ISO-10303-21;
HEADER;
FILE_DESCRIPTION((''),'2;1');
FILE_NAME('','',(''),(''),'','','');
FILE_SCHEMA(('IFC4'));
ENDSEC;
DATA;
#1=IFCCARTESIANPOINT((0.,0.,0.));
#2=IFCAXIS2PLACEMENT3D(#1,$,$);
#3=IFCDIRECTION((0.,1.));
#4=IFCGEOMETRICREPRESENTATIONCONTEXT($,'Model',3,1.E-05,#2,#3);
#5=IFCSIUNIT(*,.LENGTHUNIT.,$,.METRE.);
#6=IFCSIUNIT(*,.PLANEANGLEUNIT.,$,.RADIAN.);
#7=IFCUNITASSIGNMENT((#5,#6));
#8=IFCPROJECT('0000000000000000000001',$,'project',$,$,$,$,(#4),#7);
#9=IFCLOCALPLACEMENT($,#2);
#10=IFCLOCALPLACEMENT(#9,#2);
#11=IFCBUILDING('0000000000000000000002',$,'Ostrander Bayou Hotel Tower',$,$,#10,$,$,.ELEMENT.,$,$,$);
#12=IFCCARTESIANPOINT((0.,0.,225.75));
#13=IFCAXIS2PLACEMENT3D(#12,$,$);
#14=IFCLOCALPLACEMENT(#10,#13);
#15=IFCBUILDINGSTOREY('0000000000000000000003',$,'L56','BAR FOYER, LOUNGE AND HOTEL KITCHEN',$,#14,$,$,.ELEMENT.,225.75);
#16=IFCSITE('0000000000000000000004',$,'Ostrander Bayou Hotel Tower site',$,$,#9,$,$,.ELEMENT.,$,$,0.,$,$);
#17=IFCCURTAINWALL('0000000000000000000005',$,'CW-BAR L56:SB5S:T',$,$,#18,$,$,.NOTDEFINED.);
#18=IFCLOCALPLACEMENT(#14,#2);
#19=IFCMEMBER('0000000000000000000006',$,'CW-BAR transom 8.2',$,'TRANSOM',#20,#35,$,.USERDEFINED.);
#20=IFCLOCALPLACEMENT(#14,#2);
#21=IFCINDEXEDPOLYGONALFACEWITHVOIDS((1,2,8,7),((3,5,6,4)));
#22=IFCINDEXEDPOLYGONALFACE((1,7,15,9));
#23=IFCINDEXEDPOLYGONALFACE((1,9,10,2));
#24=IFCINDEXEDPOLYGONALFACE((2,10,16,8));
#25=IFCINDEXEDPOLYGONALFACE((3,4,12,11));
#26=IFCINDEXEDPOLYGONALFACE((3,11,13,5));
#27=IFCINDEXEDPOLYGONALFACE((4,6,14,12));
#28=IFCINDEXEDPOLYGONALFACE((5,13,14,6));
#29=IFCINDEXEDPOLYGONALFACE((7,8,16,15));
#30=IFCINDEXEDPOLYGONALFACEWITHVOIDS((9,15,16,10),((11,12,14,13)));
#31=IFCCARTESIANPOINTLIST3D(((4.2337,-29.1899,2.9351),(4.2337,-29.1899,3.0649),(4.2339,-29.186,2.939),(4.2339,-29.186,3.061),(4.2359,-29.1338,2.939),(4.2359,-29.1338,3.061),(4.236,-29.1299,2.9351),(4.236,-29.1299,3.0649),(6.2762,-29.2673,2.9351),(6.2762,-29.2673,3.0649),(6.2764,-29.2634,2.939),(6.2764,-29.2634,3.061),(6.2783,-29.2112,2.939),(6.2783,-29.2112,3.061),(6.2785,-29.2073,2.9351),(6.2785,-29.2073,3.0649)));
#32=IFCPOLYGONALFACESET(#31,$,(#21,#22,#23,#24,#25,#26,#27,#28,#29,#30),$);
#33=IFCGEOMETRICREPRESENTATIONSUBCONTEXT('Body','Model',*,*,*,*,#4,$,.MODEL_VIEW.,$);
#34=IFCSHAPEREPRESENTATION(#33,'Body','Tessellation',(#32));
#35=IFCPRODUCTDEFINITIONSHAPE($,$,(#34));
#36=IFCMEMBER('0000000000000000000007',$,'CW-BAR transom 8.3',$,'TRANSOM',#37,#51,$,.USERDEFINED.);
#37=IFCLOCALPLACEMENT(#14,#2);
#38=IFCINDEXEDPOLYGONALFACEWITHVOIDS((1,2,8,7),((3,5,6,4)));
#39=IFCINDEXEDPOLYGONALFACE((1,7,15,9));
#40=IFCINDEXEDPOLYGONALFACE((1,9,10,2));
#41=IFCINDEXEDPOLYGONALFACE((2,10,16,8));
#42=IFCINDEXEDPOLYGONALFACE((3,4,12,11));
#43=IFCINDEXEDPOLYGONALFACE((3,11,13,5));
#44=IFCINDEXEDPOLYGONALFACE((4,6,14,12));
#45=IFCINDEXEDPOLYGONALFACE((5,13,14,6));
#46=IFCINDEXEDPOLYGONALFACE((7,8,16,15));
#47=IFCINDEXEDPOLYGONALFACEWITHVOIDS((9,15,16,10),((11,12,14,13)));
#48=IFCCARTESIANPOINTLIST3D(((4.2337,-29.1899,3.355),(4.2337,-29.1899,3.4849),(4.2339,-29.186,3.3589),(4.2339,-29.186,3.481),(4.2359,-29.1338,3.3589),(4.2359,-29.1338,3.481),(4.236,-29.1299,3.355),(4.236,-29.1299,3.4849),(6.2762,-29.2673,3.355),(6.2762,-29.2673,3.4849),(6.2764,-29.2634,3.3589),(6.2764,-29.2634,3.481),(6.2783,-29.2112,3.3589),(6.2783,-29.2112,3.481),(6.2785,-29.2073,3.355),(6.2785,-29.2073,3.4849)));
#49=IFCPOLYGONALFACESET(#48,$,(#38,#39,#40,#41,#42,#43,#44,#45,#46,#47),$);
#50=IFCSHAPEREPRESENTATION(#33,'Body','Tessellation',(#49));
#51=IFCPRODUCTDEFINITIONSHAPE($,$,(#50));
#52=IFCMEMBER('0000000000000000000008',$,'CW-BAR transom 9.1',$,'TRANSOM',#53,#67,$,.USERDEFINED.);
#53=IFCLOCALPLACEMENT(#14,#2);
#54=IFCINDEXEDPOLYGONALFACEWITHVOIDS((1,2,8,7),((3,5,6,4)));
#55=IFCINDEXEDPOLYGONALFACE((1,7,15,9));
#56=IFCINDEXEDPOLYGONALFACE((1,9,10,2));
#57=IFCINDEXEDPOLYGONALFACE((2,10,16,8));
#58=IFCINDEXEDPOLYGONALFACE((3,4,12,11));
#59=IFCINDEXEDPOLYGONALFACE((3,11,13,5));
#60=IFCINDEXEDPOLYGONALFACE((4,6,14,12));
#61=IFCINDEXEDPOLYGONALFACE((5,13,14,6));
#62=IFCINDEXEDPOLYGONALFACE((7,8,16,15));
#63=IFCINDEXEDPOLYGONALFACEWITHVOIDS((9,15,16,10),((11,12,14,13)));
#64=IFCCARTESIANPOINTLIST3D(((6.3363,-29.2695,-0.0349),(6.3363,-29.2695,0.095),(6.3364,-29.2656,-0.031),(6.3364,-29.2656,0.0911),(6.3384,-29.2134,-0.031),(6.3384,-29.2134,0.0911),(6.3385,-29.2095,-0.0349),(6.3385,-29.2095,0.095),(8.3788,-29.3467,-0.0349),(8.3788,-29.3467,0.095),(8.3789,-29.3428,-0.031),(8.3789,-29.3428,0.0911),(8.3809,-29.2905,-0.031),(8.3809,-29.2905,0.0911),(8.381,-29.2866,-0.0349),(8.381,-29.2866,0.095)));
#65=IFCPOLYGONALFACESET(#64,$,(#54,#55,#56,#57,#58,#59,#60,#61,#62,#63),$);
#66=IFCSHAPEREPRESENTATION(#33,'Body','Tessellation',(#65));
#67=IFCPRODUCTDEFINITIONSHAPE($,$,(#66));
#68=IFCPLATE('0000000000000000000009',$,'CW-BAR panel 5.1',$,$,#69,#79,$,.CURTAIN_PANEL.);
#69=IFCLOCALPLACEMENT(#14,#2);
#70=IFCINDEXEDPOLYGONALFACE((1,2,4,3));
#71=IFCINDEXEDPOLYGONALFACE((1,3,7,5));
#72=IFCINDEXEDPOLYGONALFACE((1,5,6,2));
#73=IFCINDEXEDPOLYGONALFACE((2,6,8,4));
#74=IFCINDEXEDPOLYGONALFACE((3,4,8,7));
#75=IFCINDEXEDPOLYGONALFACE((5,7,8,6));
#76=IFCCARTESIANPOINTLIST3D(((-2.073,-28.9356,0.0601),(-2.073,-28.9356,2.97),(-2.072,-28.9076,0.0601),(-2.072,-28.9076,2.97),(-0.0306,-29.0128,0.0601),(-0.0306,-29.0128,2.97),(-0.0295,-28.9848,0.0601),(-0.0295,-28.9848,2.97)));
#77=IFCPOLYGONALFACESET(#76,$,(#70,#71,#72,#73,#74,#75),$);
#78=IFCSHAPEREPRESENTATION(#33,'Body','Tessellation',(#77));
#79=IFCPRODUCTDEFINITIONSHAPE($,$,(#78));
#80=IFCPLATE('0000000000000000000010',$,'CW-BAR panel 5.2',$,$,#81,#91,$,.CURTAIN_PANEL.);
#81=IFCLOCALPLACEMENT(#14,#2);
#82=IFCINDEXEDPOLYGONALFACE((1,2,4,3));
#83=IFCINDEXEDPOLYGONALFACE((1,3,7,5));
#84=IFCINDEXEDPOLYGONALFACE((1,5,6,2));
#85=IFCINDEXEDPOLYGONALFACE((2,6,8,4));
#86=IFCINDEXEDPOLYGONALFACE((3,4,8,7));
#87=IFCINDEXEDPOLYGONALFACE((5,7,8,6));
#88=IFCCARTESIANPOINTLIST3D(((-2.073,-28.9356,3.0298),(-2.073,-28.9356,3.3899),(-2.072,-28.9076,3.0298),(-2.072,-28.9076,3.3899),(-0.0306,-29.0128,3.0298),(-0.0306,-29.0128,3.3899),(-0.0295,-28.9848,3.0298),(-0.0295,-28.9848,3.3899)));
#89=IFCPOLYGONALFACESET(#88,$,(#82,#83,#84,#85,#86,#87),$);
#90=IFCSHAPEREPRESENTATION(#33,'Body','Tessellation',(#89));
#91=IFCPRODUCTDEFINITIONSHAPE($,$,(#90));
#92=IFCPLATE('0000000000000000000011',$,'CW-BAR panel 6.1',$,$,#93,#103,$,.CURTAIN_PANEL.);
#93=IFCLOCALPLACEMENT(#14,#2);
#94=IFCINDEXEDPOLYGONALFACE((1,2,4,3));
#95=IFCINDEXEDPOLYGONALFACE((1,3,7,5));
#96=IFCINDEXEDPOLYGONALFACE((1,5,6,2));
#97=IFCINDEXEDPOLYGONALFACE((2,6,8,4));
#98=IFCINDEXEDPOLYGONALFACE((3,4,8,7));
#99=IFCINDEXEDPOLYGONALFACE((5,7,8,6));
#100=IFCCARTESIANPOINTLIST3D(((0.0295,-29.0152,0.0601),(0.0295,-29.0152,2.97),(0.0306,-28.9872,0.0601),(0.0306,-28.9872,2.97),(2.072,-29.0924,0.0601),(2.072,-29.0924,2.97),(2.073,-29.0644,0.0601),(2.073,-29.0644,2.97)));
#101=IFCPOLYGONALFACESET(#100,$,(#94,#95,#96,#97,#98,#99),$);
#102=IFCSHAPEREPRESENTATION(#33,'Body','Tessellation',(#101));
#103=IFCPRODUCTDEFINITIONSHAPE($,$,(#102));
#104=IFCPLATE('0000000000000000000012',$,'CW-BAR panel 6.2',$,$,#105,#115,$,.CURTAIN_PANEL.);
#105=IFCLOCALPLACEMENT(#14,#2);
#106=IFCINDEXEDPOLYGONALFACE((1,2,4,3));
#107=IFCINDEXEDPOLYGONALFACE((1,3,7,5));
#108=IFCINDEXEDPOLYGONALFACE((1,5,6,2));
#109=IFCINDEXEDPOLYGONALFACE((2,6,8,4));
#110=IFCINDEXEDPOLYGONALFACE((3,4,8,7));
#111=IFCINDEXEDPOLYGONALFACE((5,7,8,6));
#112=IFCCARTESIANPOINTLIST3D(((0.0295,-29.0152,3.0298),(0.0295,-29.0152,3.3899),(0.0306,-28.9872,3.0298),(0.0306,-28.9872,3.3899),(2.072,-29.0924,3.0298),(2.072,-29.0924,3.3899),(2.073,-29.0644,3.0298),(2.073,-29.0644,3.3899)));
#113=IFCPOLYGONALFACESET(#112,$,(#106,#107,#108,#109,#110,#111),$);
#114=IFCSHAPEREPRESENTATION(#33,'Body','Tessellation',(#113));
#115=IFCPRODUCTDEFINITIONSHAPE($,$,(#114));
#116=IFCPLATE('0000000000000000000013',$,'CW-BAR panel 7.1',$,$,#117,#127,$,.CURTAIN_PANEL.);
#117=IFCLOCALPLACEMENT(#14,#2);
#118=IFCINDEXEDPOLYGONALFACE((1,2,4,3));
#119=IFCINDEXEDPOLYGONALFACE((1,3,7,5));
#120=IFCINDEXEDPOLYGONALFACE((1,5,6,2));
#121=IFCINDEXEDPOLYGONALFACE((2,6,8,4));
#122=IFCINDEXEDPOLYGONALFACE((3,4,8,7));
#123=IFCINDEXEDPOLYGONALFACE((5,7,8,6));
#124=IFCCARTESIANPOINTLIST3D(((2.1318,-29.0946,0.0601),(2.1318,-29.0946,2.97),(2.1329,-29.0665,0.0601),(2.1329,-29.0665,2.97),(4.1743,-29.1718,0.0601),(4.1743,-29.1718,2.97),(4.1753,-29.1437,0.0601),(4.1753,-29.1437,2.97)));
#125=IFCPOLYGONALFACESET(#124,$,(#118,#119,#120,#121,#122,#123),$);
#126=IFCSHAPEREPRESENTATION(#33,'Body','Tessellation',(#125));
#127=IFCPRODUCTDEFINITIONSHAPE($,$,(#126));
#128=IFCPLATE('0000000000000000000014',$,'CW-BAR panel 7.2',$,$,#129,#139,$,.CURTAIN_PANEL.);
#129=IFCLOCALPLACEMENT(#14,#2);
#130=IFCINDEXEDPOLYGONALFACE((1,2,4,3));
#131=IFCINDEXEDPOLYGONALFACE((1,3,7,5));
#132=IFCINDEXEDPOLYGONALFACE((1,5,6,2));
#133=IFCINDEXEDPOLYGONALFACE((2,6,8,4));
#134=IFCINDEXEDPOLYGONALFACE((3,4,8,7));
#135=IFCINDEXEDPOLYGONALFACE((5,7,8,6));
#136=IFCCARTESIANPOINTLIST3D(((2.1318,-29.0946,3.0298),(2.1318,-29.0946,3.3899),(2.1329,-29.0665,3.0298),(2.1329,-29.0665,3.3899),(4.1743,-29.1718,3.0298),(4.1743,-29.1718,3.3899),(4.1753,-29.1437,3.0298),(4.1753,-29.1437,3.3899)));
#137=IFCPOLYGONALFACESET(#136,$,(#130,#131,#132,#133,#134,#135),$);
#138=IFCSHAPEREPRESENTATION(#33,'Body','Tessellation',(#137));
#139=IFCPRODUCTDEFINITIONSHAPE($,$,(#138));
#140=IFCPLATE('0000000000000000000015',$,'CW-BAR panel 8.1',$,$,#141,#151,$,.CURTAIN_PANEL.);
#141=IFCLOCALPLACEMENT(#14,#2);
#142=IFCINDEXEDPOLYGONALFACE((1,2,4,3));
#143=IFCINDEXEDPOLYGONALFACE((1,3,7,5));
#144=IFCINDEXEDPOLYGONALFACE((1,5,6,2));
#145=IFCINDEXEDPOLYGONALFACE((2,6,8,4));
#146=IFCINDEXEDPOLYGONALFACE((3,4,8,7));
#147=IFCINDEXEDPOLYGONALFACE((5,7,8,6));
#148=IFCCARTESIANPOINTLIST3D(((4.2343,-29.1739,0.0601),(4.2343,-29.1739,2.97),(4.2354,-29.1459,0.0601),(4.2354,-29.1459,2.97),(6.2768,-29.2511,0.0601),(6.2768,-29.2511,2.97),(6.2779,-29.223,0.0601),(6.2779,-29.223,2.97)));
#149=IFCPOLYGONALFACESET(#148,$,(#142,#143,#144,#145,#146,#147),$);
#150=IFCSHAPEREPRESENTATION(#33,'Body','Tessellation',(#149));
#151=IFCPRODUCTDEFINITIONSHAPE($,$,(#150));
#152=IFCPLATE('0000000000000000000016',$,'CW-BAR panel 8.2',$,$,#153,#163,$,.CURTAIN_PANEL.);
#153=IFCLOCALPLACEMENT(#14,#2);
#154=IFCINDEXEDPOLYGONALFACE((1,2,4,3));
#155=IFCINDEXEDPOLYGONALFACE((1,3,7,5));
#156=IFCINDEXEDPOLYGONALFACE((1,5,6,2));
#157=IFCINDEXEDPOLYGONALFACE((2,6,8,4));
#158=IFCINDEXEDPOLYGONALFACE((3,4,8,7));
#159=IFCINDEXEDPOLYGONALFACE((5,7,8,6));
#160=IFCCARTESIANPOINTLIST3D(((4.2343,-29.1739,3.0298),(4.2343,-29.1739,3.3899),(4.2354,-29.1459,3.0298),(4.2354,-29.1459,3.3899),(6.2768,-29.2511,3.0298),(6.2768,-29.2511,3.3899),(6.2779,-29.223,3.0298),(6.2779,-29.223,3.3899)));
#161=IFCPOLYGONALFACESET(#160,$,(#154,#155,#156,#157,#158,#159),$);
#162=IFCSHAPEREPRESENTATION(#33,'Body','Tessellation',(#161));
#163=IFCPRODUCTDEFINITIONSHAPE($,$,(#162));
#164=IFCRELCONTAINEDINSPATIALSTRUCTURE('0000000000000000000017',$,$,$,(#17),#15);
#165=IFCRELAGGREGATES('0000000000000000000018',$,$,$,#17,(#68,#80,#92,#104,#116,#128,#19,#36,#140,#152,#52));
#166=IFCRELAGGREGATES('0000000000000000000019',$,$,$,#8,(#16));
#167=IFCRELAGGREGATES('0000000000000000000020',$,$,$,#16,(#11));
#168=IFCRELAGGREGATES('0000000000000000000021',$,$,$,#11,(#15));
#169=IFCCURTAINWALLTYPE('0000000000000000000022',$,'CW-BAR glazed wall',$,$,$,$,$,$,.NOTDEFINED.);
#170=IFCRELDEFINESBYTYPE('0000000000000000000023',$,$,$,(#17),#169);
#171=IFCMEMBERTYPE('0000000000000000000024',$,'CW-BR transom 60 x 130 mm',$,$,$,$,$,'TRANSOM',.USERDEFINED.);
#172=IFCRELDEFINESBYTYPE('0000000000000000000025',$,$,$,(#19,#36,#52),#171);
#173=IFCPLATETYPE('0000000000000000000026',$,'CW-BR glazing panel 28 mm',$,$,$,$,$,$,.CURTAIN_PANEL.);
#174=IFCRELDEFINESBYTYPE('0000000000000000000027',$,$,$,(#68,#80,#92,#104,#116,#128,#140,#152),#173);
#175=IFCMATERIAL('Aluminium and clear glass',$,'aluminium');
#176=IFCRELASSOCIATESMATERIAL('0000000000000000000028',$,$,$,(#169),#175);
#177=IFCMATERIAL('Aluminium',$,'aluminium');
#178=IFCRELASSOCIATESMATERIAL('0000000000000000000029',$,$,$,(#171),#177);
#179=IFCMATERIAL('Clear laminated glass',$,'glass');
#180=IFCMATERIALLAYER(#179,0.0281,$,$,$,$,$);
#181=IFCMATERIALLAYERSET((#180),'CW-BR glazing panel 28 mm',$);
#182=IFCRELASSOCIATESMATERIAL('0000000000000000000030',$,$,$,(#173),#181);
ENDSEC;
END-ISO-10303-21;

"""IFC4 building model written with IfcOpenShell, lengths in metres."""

from ifc_helpers import new_model, si_unit, direction, frame, origin, origin_2d, place, context, subcontext, project, spatial, rectangle, hollow_rectangle, extrude, material, layer, layer_set, material_profile, profile_set, type_object, element, aggregate, save


model = new_model("IFC4")

# Units and contexts
model_context = context("Model", 3, precision=1e-05, world=origin(), true_north=direction((0.0, 1.0)))
body_context = subcontext(model_context, "Body", "Model", "MODEL_VIEW")
ifc_project = project(units=[si_unit("LENGTHUNIT", "METRE"), si_unit("PLANEANGLEUNIT", "RADIAN")], contexts=[model_context])

# Site, building, storey
site_placement = place(None, origin())
site = spatial("IfcSite", under=ifc_project, at=site_placement, Name="Ostrander Bayou Hotel Tower site", CompositionType="ELEMENT", RefElevation=0.0)
building_placement = place(site_placement, origin())
building = spatial("IfcBuilding", under=site, at=building_placement, Name="Ostrander Bayou Hotel Tower", CompositionType="ELEMENT")
storey_placement = place(building_placement, frame((0.0, 0.0, 225.75)))
storey = spatial("IfcBuildingStorey", under=building, at=storey_placement, Name="L56", Description="BAR FOYER, LOUNGE AND HOTEL KITCHEN", CompositionType="ELEMENT", Elevation=225.75)

# Curtain wall, members, plates
ifc_material_1 = material(Name="Aluminium and clear glass", Category="aluminium")
curtain_wall_type = type_object("IfcCurtainWallType", Name="CW-BAR glazed wall", PredefinedType="NOTDEFINED", material=ifc_material_1)
curtain_wall_placement = place(storey_placement, origin())
curtain_wall = element("IfcCurtainWall", 1, at=curtain_wall_placement, inside=storey, type_object=curtain_wall_type, Name="CW-BAR L56:SB5S:T", PredefinedType="NOTDEFINED")
ifc_material_2 = material(Name="Aluminium", Category="aluminium")
ifc_material_profile_1 = material_profile(ifc_material_2, hollow_rectangle(XDim=0.0601, YDim=0.1299, WallThickness=0.0039, at=origin_2d()))
ifc_profile_set_1 = profile_set([ifc_material_profile_1], Name="Aluminium")
member_type_1 = type_object("IfcMemberType", Name="CW-BR transom 60 x 130 mm", ElementType="TRANSOM", PredefinedType="USERDEFINED", material=ifc_profile_set_1)
member_1_placement = place(storey_placement, frame((4.2349, -29.1599, 3.0), z_axis=(0.999283, -0.037864, 0.0), x_axis=(0.037864, 0.999283, 0.0)))
member_1 = element("IfcMember", 2, at=member_1_placement, type_object=member_type_1, Name="CW-BAR transom 8.2", ObjectType="TRANSOM", PredefinedType="USERDEFINED", context=body_context, shape_type="SweptSolid", body=[
    extrude(hollow_rectangle(XDim=0.0601, YDim=0.1299, WallThickness=0.0039, at=origin_2d()), origin(), (0.0, 0.0, 1.0), 2.0439),
])
member_2_placement = place(storey_placement, frame((4.2349, -29.1599, 3.4199), z_axis=(0.999283, -0.037864, 0.0), x_axis=(0.037864, 0.999283, 0.0)))
member_2 = element("IfcMember", 3, at=member_2_placement, type_object=member_type_1, Name="CW-BAR transom 8.3", ObjectType="TRANSOM", PredefinedType="USERDEFINED", context=body_context, shape_type="SweptSolid", body=[
    extrude(hollow_rectangle(XDim=0.0601, YDim=0.1299, WallThickness=0.0039, at=origin_2d()), origin(), (0.0, 0.0, 1.0), 2.0439),
])
member_3_placement = place(storey_placement, frame((6.3374, -29.2395, 0.03), z_axis=(0.999287, -0.037745, 0.0), x_axis=(0.037745, 0.999287, 0.0)))
member_3 = element("IfcMember", 4, at=member_3_placement, type_object=member_type_1, Name="CW-BAR transom 9.1", ObjectType="TRANSOM", PredefinedType="USERDEFINED", context=body_context, shape_type="SweptSolid", body=[
    extrude(hollow_rectangle(XDim=0.0601, YDim=0.1299, WallThickness=0.0039, at=origin_2d()), origin(), (0.0, 0.0, 1.0), 2.0439),
])
ifc_material_3 = material(Name="Clear laminated glass", Category="glass")
ifc_layer = layer(ifc_material_3, 0.0281)
ifc_layer_set = layer_set([ifc_layer], Name="CW-BR glazing panel 28 mm")
plate_type = type_object("IfcPlateType", Name="CW-BR glazing panel 28 mm", PredefinedType="CURTAIN_PANEL", material=ifc_layer_set)
plate_1_placement = place(storey_placement, frame((-1.0513, -28.9602, 0.0601), z_axis=(0.0, 0.0, 1.0), x_axis=(0.999287, -0.037758, 0.0)))
plate_1 = element("IfcPlate", 5, at=plate_1_placement, type_object=plate_type, Name="CW-BAR panel 5.1", PredefinedType="CURTAIN_PANEL", context=body_context, shape_type="SweptSolid", body=[
    extrude(rectangle(XDim=2.0439, YDim=0.0281, at=origin_2d()), origin(), (0.0, 0.0, 1.0), 2.9099),
])
plate_2_placement = place(storey_placement, frame((-1.0513, -28.9602, 3.0298), z_axis=(0.0, 0.0, 1.0), x_axis=(0.999287, -0.037758, 0.0)))
plate_2 = element("IfcPlate", 6, at=plate_2_placement, type_object=plate_type, Name="CW-BAR panel 5.2", PredefinedType="CURTAIN_PANEL", context=body_context, shape_type="SweptSolid", body=[
    extrude(rectangle(XDim=2.0439, YDim=0.0281, at=origin_2d()), origin(), (0.0, 0.0, 1.0), 0.3601),
])
plate_3_placement = place(storey_placement, frame((1.0513, -29.0398, 0.0601), z_axis=(0.0, 0.0, 1.0), x_axis=(0.999287, -0.037758, 0.0)))
plate_3 = element("IfcPlate", 7, at=plate_3_placement, type_object=plate_type, Name="CW-BAR panel 6.1", PredefinedType="CURTAIN_PANEL", context=body_context, shape_type="SweptSolid", body=[
    extrude(rectangle(XDim=2.0439, YDim=0.0281, at=origin_2d()), origin(), (0.0, 0.0, 1.0), 2.9099),
])
plate_4_placement = place(storey_placement, frame((1.0513, -29.0398, 3.0298), z_axis=(0.0, 0.0, 1.0), x_axis=(0.999287, -0.037758, 0.0)))
plate_4 = element("IfcPlate", 8, at=plate_4_placement, type_object=plate_type, Name="CW-BAR panel 6.2", PredefinedType="CURTAIN_PANEL", context=body_context, shape_type="SweptSolid", body=[
    extrude(rectangle(XDim=2.0439, YDim=0.0281, at=origin_2d()), origin(), (0.0, 0.0, 1.0), 0.3601),
])
plate_5_placement = place(storey_placement, frame((3.1536, -29.1191, 0.0601), z_axis=(0.0, 0.0, 1.0), x_axis=(0.999287, -0.037758, 0.0)))
plate_5 = element("IfcPlate", 9, at=plate_5_placement, type_object=plate_type, Name="CW-BAR panel 7.1", PredefinedType="CURTAIN_PANEL", context=body_context, shape_type="SweptSolid", body=[
    extrude(rectangle(XDim=2.0439, YDim=0.0281, at=origin_2d()), origin(), (0.0, 0.0, 1.0), 2.9099),
])
plate_6_placement = place(storey_placement, frame((3.1536, -29.1191, 3.0298), z_axis=(0.0, 0.0, 1.0), x_axis=(0.999287, -0.037758, 0.0)))
plate_6 = element("IfcPlate", 10, at=plate_6_placement, type_object=plate_type, Name="CW-BAR panel 7.2", PredefinedType="CURTAIN_PANEL", context=body_context, shape_type="SweptSolid", body=[
    extrude(rectangle(XDim=2.0439, YDim=0.0281, at=origin_2d()), origin(), (0.0, 0.0, 1.0), 0.3601),
])
plate_7_placement = place(storey_placement, frame((5.2561, -29.1985, 0.0601), z_axis=(0.0, 0.0, 1.0), x_axis=(0.999287, -0.037758, 0.0)))
plate_7 = element("IfcPlate", 11, at=plate_7_placement, type_object=plate_type, Name="CW-BAR panel 8.1", PredefinedType="CURTAIN_PANEL", context=body_context, shape_type="SweptSolid", body=[
    extrude(rectangle(XDim=2.0439, YDim=0.0281, at=origin_2d()), origin(), (0.0, 0.0, 1.0), 2.9099),
])
plate_8_placement = place(storey_placement, frame((5.2561, -29.1985, 3.0298), z_axis=(0.0, 0.0, 1.0), x_axis=(0.999287, -0.037758, 0.0)))
plate_8 = element("IfcPlate", 12, at=plate_8_placement, type_object=plate_type, Name="CW-BAR panel 8.2", PredefinedType="CURTAIN_PANEL", context=body_context, shape_type="SweptSolid", body=[
    extrude(rectangle(XDim=2.0439, YDim=0.0281, at=origin_2d()), origin(), (0.0, 0.0, 1.0), 0.3601),
])
aggregate(curtain_wall, [plate_1, plate_2, plate_3, plate_4, plate_5, plate_6, member_1, member_2, plate_7, plate_8, member_3])

save(model, "model.ifc")
